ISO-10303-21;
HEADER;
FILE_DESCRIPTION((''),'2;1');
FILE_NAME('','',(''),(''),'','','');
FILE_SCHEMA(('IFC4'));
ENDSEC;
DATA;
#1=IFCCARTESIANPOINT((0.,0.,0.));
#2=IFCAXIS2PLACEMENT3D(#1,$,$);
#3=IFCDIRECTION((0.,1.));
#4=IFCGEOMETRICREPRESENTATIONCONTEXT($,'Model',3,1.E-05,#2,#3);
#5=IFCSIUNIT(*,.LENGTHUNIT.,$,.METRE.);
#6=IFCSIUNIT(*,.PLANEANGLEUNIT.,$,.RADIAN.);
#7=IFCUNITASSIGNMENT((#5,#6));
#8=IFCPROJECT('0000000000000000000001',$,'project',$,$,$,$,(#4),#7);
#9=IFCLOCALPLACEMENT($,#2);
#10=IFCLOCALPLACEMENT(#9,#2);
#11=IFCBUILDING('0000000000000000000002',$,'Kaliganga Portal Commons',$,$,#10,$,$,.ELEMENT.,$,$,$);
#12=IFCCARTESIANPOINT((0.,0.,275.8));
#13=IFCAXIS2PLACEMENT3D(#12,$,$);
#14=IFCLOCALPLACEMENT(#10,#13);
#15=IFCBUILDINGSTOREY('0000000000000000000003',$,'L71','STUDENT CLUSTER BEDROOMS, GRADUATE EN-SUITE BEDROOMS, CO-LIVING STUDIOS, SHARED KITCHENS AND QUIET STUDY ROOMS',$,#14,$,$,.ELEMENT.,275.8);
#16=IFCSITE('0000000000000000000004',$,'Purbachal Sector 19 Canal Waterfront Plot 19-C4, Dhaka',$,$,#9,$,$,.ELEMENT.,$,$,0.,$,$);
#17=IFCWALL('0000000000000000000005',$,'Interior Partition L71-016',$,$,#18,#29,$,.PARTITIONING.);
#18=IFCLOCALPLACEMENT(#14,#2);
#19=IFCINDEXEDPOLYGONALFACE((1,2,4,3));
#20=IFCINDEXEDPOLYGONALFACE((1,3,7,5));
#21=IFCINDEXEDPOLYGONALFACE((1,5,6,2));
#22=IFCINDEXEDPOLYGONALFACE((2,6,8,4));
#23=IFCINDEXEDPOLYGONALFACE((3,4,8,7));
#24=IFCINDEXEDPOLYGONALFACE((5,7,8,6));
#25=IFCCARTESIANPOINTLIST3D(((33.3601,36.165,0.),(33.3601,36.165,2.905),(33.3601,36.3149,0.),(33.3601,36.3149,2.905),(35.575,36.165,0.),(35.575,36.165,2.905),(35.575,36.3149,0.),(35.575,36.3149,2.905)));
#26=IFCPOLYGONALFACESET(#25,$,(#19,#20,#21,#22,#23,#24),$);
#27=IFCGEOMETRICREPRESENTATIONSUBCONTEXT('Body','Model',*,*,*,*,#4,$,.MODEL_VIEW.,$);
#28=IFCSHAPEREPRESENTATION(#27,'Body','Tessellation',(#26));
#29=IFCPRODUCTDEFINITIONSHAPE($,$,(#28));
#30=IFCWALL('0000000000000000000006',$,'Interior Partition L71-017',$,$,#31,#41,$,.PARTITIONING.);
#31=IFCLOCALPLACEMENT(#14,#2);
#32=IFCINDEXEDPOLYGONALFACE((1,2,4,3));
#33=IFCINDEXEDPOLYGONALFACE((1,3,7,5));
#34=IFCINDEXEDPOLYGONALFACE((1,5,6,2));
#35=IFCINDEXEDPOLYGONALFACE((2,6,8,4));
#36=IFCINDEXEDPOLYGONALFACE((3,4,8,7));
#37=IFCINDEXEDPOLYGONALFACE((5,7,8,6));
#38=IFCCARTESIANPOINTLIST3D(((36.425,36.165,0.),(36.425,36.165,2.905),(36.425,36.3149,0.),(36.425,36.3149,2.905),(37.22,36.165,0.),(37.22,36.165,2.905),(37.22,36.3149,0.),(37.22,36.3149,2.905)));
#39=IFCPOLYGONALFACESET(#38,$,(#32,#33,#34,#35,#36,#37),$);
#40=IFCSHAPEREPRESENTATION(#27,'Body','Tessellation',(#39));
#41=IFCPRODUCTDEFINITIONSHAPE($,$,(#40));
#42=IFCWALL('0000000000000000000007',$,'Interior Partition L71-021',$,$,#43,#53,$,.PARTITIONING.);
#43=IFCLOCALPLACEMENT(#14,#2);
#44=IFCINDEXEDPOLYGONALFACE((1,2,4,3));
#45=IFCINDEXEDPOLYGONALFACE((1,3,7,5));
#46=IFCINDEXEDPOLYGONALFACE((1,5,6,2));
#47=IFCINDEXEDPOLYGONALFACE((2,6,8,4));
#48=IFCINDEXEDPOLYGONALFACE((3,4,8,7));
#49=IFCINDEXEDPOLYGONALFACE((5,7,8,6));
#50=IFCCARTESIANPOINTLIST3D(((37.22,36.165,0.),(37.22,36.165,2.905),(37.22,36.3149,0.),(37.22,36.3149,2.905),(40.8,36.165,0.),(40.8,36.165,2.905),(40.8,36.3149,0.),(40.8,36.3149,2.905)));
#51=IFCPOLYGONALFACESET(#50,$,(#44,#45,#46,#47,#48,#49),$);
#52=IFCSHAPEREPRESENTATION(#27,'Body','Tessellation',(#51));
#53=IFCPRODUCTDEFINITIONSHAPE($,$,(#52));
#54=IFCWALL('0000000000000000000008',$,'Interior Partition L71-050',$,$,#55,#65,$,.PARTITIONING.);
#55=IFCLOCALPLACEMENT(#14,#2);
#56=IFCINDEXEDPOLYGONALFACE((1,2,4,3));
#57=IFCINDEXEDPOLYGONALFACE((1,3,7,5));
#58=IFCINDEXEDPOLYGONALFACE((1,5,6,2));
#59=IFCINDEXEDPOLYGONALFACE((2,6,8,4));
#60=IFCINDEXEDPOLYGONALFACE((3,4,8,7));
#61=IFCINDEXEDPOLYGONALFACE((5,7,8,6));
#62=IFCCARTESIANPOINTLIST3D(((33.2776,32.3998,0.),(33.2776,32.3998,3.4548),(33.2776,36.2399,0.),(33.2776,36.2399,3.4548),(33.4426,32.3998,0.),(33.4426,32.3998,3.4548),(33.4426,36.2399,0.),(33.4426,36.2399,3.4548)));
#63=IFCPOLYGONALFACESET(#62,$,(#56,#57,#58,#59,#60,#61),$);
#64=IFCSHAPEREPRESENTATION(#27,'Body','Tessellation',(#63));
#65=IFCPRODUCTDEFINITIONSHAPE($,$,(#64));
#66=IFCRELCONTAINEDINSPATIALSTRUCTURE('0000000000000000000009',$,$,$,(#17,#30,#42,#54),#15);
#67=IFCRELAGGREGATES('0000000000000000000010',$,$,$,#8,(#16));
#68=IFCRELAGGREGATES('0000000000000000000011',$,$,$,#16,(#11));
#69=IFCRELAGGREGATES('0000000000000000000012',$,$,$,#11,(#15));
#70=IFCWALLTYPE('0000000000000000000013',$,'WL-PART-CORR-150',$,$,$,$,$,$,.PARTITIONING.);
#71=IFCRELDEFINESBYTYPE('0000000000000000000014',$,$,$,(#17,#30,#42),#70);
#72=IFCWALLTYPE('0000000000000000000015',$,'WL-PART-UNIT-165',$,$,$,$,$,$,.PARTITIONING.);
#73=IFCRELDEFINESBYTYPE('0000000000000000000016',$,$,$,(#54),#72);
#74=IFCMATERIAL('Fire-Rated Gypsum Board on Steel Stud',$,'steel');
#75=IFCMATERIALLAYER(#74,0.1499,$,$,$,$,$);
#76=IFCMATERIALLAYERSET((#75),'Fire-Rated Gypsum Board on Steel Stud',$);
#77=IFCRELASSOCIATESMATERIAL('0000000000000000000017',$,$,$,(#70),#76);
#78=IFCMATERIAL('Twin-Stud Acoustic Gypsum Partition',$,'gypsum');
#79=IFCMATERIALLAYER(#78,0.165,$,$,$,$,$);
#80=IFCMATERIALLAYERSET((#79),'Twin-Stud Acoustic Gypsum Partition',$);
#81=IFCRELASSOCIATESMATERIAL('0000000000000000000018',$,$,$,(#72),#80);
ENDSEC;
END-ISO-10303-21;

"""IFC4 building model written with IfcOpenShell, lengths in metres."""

from ifc_helpers import new_model, si_unit, direction, frame, frame_2d, origin, place, context, subcontext, project, spatial, rectangle, extrude, material, layer, layer_set, type_object, element, save


model = new_model("IFC4")

# Units and contexts
model_context = context("Model", 3, precision=1e-05, world=origin(), true_north=direction((0.0, 1.0)))
body_context = subcontext(model_context, "Body", "Model", "MODEL_VIEW")
ifc_project = project(units=[si_unit("LENGTHUNIT", "METRE"), si_unit("PLANEANGLEUNIT", "RADIAN")], contexts=[model_context])

# Site, building, storey
site_placement = place(None, origin())
site = spatial("IfcSite", under=ifc_project, at=site_placement, Name="Purbachal Sector 19 Canal Waterfront Plot 19-C4, Dhaka", CompositionType="ELEMENT", RefElevation=0.0)
building_placement = place(site_placement, origin())
building = spatial("IfcBuilding", under=site, at=building_placement, Name="Kaliganga Portal Commons", CompositionType="ELEMENT")
storey_placement = place(building_placement, frame((0.0, 0.0, 275.8)))
storey = spatial("IfcBuildingStorey", under=building, at=storey_placement, Name="L71", Description="STUDENT CLUSTER BEDROOMS, GRADUATE EN-SUITE BEDROOMS, CO-LIVING STUDIOS, SHARED KITCHENS AND QUIET STUDY ROOMS", CompositionType="ELEMENT", Elevation=275.8)

# Shared definitions
ifc_material_1 = material(Name="Fire-Rated Gypsum Board on Steel Stud", Category="steel")
ifc_layer_1 = layer(ifc_material_1, 0.1499)
ifc_layer_set_1 = layer_set([ifc_layer_1], Name="Fire-Rated Gypsum Board on Steel Stud")
wall_type_1 = type_object("IfcWallType", Name="WL-PART-CORR-150", PredefinedType="PARTITIONING", material=ifc_layer_set_1)

# Walls
wall_1_placement = place(storey_placement, frame((33.3601, 36.24, 0.0), z_axis=(0.0, 0.0, 1.0), x_axis=(1.0, 0.0, 0.0)))
element("IfcWall", 1, at=wall_1_placement, inside=storey, type_object=wall_type_1, Name="Interior Partition L71-016", PredefinedType="PARTITIONING", context=body_context, shape_type="SweptSolid", body=[
    extrude(rectangle(XDim=2.2148, YDim=0.1499, at=frame_2d((1.1074, 0.0))), origin(), (0.0, 0.0, 1.0), 2.905),
])
wall_2_placement = place(storey_placement, frame((36.425, 36.24, 0.0), z_axis=(0.0, 0.0, 1.0), x_axis=(1.0, 0.0, 0.0)))
element("IfcWall", 2, at=wall_2_placement, inside=storey, type_object=wall_type_1, Name="Interior Partition L71-017", PredefinedType="PARTITIONING", context=body_context, shape_type="SweptSolid", body=[
    extrude(rectangle(XDim=0.7949, YDim=0.1499, at=frame_2d((0.3975, 0.0))), origin(), (0.0, 0.0, 1.0), 2.905),
])
wall_3_placement = place(storey_placement, frame((37.22, 36.24, 0.0), z_axis=(0.0, 0.0, 1.0), x_axis=(1.0, 0.0, 0.0)))
element("IfcWall", 3, at=wall_3_placement, inside=storey, type_object=wall_type_1, Name="Interior Partition L71-021", PredefinedType="PARTITIONING", context=body_context, shape_type="SweptSolid", body=[
    extrude(rectangle(XDim=3.5801, YDim=0.1499, at=frame_2d((1.79, 0.0))), origin(), (0.0, 0.0, 1.0), 2.905),
])
ifc_material_2 = material(Name="Twin-Stud Acoustic Gypsum Partition", Category="gypsum")
ifc_layer_2 = layer(ifc_material_2, 0.165)
ifc_layer_set_2 = layer_set([ifc_layer_2], Name="Twin-Stud Acoustic Gypsum Partition")
wall_type_2 = type_object("IfcWallType", Name="WL-PART-UNIT-165", PredefinedType="PARTITIONING", material=ifc_layer_set_2)
wall_4_placement = place(storey_placement, frame((33.3601, 32.3999, 0.0), z_axis=(0.0, 0.0, 1.0), x_axis=(0.0, 1.0, 0.0)))
element("IfcWall", 4, at=wall_4_placement, inside=storey, type_object=wall_type_2, Name="Interior Partition L71-050", PredefinedType="PARTITIONING", context=body_context, shape_type="SweptSolid", body=[
    extrude(rectangle(XDim=3.8401, YDim=0.165, at=frame_2d((1.9199, 0.0))), origin(), (0.0, 0.0, 1.0), 3.4548),
])

save(model, "model.ifc")
